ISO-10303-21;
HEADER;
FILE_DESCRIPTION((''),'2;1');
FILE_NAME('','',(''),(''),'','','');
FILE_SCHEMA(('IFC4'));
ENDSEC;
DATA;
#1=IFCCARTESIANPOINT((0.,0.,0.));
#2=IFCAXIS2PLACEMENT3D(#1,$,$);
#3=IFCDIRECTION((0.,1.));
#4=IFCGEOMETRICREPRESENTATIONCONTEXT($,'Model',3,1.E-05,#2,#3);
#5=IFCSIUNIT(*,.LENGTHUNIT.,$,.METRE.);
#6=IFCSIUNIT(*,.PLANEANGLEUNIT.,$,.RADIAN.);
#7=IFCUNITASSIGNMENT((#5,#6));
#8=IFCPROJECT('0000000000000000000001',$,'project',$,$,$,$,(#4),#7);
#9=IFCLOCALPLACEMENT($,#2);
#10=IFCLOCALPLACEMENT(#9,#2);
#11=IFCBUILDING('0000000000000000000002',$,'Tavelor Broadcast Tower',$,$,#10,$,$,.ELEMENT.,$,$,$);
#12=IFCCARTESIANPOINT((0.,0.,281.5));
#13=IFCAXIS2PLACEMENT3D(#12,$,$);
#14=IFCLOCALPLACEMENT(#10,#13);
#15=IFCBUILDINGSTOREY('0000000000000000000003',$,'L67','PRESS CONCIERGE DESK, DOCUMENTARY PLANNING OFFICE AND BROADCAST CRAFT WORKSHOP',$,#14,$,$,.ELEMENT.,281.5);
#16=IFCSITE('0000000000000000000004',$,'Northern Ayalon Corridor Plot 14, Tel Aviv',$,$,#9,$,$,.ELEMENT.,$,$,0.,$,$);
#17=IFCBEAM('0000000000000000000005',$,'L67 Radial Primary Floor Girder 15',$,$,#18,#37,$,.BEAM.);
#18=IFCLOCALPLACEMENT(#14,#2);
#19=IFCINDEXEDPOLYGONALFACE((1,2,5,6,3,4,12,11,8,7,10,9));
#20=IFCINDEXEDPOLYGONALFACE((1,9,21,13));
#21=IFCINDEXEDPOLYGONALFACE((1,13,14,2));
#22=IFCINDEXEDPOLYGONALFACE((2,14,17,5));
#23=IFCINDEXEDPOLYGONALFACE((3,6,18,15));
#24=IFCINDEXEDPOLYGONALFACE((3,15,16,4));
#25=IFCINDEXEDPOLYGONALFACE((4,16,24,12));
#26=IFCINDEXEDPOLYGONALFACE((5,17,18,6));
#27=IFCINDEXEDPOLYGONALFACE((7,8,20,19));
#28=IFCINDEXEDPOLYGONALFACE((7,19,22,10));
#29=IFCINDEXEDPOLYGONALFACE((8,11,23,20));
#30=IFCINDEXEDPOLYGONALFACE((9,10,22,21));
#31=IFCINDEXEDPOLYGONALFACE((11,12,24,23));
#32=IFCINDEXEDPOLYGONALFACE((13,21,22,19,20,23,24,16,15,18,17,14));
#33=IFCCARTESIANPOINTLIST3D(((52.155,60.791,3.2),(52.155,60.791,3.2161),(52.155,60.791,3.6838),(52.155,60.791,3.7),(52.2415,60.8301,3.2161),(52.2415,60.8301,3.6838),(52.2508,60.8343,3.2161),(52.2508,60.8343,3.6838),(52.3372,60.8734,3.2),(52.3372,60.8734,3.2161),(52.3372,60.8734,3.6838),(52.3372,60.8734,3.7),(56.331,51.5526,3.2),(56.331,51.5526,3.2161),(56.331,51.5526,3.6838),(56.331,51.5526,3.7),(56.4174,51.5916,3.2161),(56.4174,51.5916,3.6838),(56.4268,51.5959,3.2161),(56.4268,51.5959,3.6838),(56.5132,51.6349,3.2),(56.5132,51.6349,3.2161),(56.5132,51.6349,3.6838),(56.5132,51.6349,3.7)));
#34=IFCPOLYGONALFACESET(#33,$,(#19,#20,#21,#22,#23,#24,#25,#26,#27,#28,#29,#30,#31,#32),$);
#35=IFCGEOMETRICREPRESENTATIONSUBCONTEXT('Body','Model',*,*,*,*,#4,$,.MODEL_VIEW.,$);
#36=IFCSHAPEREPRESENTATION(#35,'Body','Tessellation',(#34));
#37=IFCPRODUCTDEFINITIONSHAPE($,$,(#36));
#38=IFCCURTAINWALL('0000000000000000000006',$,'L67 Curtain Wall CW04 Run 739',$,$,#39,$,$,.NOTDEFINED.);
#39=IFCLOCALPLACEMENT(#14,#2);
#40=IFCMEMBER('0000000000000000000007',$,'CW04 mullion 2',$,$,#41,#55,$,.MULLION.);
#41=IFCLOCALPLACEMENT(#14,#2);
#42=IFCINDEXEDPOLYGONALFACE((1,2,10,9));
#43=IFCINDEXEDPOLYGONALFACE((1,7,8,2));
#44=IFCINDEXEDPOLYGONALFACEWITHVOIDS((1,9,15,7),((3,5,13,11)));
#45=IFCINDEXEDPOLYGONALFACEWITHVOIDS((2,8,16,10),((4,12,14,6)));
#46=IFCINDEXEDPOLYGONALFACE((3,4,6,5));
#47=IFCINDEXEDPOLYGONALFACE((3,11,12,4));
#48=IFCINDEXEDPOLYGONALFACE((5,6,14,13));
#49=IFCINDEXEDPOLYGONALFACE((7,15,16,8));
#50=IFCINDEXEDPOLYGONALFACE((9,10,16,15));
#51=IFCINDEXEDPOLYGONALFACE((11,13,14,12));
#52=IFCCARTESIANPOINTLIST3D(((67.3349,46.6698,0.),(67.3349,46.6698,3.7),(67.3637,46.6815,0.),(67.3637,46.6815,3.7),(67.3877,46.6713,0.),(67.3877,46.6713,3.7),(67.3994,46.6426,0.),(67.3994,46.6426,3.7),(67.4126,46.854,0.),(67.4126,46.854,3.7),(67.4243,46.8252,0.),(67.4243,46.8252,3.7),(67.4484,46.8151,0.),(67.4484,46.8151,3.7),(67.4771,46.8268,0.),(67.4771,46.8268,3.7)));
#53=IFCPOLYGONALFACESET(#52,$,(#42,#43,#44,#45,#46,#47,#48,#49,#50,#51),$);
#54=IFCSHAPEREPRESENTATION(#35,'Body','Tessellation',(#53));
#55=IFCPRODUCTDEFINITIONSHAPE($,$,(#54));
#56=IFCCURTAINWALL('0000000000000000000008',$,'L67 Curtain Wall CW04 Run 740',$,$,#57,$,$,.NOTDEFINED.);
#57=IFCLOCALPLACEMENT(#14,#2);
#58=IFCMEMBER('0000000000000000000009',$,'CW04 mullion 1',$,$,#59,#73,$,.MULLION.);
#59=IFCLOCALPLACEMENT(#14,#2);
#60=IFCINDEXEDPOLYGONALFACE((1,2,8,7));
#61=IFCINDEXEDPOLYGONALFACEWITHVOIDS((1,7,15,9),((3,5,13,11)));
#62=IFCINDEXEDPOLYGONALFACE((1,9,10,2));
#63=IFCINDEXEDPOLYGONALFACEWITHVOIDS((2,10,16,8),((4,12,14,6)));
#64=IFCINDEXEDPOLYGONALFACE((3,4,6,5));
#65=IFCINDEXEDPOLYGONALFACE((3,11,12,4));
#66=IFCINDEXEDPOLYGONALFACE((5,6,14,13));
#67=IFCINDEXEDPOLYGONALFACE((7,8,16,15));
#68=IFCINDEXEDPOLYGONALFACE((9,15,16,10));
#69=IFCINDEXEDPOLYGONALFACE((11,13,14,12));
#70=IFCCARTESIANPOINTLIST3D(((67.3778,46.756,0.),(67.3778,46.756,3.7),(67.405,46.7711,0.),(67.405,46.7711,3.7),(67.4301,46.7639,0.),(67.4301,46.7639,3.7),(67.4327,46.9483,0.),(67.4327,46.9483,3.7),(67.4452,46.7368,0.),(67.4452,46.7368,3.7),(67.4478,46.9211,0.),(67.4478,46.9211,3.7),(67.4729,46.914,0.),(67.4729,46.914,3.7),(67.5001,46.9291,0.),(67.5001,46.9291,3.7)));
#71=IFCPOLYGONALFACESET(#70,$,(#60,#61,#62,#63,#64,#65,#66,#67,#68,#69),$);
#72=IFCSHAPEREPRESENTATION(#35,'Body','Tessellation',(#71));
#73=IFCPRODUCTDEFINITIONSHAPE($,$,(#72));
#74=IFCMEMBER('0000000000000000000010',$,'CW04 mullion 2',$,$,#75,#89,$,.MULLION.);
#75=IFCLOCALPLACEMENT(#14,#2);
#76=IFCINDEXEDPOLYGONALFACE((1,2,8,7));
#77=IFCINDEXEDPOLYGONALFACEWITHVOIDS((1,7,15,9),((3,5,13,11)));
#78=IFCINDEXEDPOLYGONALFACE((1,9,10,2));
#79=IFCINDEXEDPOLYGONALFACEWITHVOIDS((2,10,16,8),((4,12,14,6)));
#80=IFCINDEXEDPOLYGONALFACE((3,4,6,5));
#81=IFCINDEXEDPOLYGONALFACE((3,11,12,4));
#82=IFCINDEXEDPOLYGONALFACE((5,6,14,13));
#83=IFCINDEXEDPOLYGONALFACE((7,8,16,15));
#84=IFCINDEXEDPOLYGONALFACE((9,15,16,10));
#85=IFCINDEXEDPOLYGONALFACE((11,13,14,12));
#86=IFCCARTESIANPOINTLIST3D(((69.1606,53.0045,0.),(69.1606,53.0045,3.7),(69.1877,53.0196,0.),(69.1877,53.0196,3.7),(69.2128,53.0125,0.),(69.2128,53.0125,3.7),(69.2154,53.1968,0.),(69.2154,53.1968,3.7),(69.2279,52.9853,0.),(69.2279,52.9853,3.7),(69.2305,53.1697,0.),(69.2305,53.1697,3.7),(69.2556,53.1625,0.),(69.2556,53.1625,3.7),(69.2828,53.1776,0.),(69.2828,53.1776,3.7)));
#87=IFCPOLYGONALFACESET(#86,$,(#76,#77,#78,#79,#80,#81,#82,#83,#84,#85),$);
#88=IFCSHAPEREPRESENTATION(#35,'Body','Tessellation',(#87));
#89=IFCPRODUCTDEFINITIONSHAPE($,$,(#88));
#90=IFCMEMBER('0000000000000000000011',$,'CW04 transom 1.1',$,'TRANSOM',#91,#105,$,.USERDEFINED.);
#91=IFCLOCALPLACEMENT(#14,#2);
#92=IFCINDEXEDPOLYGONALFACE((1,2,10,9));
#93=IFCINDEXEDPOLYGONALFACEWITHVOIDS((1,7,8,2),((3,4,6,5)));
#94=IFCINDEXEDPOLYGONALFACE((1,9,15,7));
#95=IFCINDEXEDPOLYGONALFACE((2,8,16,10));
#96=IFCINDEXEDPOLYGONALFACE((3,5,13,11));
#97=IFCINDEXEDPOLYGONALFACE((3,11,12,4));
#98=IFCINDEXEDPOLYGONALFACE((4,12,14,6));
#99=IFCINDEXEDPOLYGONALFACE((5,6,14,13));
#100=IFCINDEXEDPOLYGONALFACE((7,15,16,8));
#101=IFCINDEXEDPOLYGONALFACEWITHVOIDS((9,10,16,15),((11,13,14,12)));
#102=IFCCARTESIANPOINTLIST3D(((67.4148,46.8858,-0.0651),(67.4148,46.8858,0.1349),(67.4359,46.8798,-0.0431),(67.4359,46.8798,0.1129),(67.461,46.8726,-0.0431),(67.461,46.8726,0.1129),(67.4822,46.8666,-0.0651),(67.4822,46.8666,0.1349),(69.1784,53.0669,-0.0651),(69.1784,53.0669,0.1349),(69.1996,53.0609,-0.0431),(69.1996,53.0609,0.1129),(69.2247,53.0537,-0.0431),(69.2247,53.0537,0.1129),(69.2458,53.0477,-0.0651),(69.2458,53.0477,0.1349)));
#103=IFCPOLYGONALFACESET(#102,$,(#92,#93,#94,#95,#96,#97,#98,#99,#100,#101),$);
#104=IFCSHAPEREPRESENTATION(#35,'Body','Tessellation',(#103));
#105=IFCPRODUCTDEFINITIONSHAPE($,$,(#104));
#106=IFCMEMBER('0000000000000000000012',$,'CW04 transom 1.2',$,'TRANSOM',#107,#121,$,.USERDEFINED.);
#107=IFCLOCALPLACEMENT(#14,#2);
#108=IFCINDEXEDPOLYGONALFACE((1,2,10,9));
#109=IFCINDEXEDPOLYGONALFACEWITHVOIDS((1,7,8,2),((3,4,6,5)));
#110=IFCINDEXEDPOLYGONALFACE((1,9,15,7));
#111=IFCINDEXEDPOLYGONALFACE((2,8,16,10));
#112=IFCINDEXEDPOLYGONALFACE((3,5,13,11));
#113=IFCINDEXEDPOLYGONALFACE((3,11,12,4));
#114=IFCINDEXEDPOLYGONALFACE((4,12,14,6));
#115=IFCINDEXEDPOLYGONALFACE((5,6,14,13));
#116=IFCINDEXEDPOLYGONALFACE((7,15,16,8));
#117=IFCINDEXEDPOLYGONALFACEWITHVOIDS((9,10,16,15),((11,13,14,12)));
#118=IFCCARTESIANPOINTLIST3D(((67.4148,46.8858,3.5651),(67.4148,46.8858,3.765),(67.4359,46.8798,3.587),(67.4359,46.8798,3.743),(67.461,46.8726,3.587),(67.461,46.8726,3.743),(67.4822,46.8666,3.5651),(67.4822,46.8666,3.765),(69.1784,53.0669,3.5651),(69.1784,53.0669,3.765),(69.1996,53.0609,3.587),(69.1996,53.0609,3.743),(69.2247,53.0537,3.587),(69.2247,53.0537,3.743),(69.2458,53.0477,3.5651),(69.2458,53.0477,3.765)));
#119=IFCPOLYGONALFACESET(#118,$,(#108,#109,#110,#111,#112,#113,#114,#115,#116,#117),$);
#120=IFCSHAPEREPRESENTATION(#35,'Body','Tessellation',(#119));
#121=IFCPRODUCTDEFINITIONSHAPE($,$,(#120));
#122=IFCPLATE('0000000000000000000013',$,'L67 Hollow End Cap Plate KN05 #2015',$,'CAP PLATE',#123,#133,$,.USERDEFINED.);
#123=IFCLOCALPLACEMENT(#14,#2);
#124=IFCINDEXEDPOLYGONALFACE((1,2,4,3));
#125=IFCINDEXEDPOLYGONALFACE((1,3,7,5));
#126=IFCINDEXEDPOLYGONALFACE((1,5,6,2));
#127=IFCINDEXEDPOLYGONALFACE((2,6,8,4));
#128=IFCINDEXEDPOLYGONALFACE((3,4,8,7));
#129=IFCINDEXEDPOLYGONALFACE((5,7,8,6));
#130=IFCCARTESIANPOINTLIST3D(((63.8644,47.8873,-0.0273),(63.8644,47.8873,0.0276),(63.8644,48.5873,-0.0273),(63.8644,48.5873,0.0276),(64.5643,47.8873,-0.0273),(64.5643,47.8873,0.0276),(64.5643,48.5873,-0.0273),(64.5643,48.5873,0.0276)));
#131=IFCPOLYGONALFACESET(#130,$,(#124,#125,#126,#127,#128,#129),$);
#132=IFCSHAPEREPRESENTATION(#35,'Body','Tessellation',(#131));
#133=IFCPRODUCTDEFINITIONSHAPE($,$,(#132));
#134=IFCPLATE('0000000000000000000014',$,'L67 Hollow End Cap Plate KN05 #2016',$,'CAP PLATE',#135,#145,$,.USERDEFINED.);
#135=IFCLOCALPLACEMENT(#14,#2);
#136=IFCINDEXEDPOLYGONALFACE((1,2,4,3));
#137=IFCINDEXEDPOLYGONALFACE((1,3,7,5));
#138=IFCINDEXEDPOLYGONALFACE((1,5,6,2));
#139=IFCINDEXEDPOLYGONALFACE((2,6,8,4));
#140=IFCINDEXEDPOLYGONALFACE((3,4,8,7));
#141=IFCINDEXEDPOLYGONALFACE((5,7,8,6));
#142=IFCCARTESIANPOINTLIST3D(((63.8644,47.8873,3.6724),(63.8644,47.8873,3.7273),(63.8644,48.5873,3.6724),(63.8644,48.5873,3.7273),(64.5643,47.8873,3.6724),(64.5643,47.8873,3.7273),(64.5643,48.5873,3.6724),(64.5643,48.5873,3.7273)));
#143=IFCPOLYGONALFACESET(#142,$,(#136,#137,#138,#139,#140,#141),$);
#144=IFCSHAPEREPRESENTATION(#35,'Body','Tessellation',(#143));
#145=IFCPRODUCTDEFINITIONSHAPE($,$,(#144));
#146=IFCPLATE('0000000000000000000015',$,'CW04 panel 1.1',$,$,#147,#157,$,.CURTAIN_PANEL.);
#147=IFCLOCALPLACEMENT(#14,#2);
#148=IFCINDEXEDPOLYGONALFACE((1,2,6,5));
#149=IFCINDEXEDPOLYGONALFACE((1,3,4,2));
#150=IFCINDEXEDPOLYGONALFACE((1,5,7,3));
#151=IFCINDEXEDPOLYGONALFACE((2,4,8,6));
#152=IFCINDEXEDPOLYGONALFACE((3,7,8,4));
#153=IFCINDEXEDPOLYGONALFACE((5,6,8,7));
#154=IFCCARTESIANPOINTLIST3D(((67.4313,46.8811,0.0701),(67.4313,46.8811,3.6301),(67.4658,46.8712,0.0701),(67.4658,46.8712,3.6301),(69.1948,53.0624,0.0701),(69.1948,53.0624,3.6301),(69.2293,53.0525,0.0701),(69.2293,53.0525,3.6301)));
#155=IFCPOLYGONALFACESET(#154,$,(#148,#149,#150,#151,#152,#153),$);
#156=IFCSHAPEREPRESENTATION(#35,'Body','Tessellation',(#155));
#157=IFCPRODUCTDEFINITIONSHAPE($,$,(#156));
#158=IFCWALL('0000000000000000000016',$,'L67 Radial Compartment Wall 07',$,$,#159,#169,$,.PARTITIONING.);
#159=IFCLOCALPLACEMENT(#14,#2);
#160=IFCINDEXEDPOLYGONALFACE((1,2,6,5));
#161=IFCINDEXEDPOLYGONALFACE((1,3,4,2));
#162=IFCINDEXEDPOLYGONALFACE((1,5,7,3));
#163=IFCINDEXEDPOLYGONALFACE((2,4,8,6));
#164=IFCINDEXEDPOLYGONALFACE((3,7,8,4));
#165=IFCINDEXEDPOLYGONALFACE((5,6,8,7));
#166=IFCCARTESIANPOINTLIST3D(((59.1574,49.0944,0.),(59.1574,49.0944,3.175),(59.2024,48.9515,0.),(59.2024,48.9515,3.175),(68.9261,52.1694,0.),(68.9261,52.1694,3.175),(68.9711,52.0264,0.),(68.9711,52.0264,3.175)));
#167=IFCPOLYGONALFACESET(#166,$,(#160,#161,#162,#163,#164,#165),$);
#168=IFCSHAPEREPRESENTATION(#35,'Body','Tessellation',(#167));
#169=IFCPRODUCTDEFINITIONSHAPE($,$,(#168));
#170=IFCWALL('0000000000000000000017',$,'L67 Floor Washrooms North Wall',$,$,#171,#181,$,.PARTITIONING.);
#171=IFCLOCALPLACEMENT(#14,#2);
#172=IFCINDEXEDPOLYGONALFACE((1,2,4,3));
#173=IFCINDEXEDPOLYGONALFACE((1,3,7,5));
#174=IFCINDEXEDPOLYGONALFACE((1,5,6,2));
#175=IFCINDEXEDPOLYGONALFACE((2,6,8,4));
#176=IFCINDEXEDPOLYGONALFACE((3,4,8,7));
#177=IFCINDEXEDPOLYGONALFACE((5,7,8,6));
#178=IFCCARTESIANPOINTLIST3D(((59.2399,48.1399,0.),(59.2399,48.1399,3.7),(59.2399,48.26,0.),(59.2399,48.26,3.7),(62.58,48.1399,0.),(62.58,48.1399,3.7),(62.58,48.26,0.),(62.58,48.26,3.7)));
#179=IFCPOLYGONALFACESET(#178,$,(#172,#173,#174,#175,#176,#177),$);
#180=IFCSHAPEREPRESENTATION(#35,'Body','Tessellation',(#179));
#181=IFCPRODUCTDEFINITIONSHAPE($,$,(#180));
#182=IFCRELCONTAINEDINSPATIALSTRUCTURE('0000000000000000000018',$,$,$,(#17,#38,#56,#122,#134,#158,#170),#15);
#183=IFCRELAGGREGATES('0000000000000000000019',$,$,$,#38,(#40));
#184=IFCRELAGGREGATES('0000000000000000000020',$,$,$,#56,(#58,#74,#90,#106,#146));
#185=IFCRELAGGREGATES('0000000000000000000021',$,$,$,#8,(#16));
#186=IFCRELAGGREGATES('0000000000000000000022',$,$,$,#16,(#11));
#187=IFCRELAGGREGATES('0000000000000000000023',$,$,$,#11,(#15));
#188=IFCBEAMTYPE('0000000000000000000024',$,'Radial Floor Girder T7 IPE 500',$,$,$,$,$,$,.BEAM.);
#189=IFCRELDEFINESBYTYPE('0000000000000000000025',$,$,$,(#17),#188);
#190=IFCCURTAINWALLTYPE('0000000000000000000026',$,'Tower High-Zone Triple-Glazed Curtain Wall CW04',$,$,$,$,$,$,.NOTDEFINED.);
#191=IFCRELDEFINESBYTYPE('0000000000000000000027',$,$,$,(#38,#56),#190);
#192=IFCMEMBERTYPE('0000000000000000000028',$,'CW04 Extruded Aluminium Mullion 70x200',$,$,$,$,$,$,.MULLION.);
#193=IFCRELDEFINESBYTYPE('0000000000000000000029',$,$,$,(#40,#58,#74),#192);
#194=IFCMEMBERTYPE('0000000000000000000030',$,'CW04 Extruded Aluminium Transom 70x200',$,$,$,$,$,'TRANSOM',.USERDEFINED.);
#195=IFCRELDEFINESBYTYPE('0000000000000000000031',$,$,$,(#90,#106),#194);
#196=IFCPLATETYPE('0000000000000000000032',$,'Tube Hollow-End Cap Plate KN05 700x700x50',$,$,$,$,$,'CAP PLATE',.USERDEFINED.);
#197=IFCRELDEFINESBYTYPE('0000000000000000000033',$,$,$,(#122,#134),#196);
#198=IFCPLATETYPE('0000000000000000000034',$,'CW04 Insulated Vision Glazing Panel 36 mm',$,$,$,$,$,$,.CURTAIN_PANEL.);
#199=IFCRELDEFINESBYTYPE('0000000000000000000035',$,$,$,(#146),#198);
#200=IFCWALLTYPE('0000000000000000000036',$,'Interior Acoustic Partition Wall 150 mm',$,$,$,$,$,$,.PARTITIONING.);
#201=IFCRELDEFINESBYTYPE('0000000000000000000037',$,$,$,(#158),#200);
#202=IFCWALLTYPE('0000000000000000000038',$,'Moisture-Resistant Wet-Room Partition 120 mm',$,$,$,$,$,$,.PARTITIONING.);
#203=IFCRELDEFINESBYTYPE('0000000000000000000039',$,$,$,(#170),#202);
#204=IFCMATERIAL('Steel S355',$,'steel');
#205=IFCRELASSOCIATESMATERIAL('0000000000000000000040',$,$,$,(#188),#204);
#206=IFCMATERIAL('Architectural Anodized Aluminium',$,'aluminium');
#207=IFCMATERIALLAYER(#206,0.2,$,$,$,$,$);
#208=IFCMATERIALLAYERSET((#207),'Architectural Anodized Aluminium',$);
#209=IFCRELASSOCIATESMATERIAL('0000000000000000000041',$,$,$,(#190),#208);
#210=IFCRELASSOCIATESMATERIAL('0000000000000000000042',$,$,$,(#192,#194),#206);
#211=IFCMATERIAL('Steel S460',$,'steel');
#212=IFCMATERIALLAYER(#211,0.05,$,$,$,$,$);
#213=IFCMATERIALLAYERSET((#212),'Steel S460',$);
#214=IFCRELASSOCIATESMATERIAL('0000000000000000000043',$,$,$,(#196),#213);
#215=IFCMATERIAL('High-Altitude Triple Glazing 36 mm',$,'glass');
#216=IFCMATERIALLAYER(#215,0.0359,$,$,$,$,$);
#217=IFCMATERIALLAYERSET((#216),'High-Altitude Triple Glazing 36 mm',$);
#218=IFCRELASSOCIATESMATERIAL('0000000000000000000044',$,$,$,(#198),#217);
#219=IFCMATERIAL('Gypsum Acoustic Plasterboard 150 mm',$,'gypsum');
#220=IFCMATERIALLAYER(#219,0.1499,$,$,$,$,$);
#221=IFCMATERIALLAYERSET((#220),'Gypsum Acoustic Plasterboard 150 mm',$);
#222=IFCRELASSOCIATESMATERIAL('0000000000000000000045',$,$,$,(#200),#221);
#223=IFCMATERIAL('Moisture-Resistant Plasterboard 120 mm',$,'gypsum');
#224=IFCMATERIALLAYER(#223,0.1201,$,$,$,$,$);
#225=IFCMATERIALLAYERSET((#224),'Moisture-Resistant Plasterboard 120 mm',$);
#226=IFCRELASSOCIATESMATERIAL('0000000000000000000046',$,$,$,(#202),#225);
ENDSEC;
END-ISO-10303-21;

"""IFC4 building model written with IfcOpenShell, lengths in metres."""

from ifc_helpers import new_model, si_unit, direction, frame, frame_2d, origin, origin_2d, place, context, subcontext, project, spatial, rectangle, hollow_rectangle, i_section, extrude, source, transform, mapped, material, layer, layer_set, material_profile, profile_set, type_object, type_shapes, element, aggregate, save


model = new_model("IFC4")

# Units and contexts
model_context = context("Model", 3, precision=1e-05, world=origin(), true_north=direction((0.0, 1.0)))
body_context = subcontext(model_context, "Body", "Model", "MODEL_VIEW")
ifc_project = project(units=[si_unit("LENGTHUNIT", "METRE"), si_unit("PLANEANGLEUNIT", "RADIAN")], contexts=[model_context])

# Site, building, storey
site_placement = place(None, origin())
site = spatial("IfcSite", under=ifc_project, at=site_placement, Name="Northern Ayalon Corridor Plot 14, Tel Aviv", CompositionType="ELEMENT", RefElevation=0.0)
building_placement = place(site_placement, origin())
building = spatial("IfcBuilding", under=site, at=building_placement, Name="Tavelor Broadcast Tower", CompositionType="ELEMENT")
storey_placement = place(building_placement, frame((0.0, 0.0, 281.5)))
storey = spatial("IfcBuildingStorey", under=building, at=storey_placement, Name="L67", Description="PRESS CONCIERGE DESK, DOCUMENTARY PLANNING OFFICE AND BROADCAST CRAFT WORKSHOP", CompositionType="ELEMENT", Elevation=281.5)

# Shared definitions
ifc_material_1 = material(Name="Steel S460", Category="steel")

# Beam
ifc_material_2 = material(Name="Steel S355", Category="steel")
ifc_material_profile_1 = material_profile(ifc_material_2, i_section(OverallWidth=0.2, OverallDepth=0.5, WebThickness=0.0103, FlangeThickness=0.0161, at=origin_2d()), Name="IPE 500")
ifc_profile_set_1 = profile_set([ifc_material_profile_1], Name="Steel S355")
beam_type_1 = type_object("IfcBeamType", Name="Radial Floor Girder T7 IPE 500", PredefinedType="BEAM", material=ifc_profile_set_1)
beam_1_placement = place(storey_placement, frame((56.4221, 51.5938, 3.45), z_axis=(-0.411897, 0.91123, 0.0), x_axis=(-0.91123, -0.411897, 0.0)))
element("IfcBeam", 1, at=beam_1_placement, inside=storey, type_object=beam_type_1, Name="L67 Radial Primary Floor Girder 15", PredefinedType="BEAM", context=body_context, shape_type="SweptSolid", body=[
    extrude(i_section(OverallWidth=0.2, OverallDepth=0.5, WebThickness=0.0103, FlangeThickness=0.0161, at=origin_2d()), origin(), (0.0, 0.0, 1.0), 10.1384),
])

# Curtain wall, member
ifc_material_3 = material(Name="Architectural Anodized Aluminium", Category="aluminium")
ifc_layer_1 = layer(ifc_material_3, 0.2)
ifc_layer_set_1 = layer_set([ifc_layer_1], Name="Architectural Anodized Aluminium")
curtain_wall_type = type_object("IfcCurtainWallType", Name="Tower High-Zone Triple-Glazed Curtain Wall CW04", PredefinedType="NOTDEFINED", material=ifc_layer_set_1)
curtain_wall_1_placement = place(storey_placement, origin())
curtain_wall_1 = element("IfcCurtainWall", 2, at=curtain_wall_1_placement, inside=storey, type_object=curtain_wall_type, Name="L67 Curtain Wall CW04 Run 739", PredefinedType="NOTDEFINED")
ifc_material_profile_2 = material_profile(ifc_material_3, hollow_rectangle(XDim=0.0701, YDim=0.2, WallThickness=0.022, at=origin_2d()), Name="RHS 70x200x22")
ifc_profile_set_2 = profile_set([ifc_material_profile_2], Name="Architectural Anodized Aluminium")
member_type_1 = type_object("IfcMemberType", Name="CW04 Extruded Aluminium Mullion 70x200", PredefinedType="MULLION", material=ifc_profile_set_2)
shared_shape_1 = source(origin(), body_context, "Body", "SweptSolid", [
    extrude(hollow_rectangle(XDim=0.0701, YDim=0.2, WallThickness=0.022, at=origin_2d()), origin(), (0.0, 0.0, 1.0), 3.7),
])
type_shapes(member_type_1, [shared_shape_1])
member_1_placement = place(storey_placement, frame((67.406, 46.7483, 0.0), z_axis=(0.0, 0.0, 1.0), x_axis=(-0.921355, 0.388722, 0.0)))
member_1 = element("IfcMember", 3, at=member_1_placement, type_object=member_type_1, Name="CW04 mullion 2", PredefinedType="MULLION", context=body_context, shape_type="MappedRepresentation", body=[
    mapped(shared_shape_1, transform((0.0, 0.0, 0.0), scale=1.0)),
])
aggregate(curtain_wall_1, [member_1])

# Curtain wall, members
curtain_wall_2_placement = place(storey_placement, origin())
curtain_wall_2 = element("IfcCurtainWall", 4, at=curtain_wall_2_placement, inside=storey, type_object=curtain_wall_type, Name="L67 Curtain Wall CW04 Run 740", PredefinedType="NOTDEFINED")
member_2_placement = place(storey_placement, frame((67.439, 46.8425, 0.0), z_axis=(0.0, 0.0, 1.0), x_axis=(-0.96163, 0.274349, 0.0)))
member_2 = element("IfcMember", 5, at=member_2_placement, type_object=member_type_1, Name="CW04 mullion 1", PredefinedType="MULLION", context=body_context, shape_type="MappedRepresentation", body=[
    mapped(shared_shape_1, transform((0.0, 0.0, 0.0), scale=1.0)),
])
member_3_placement = place(storey_placement, frame((69.2217, 53.0911, 0.0), z_axis=(0.0, 0.0, 1.0), x_axis=(-0.96163, 0.274349, 0.0)))
member_3 = element("IfcMember", 6, at=member_3_placement, type_object=member_type_1, Name="CW04 mullion 2", PredefinedType="MULLION", context=body_context, shape_type="MappedRepresentation", body=[
    mapped(shared_shape_1, transform((0.0, 0.0, 0.0), scale=1.0)),
])
ifc_material_profile_3 = material_profile(ifc_material_3, hollow_rectangle(XDim=0.0701, YDim=0.2, WallThickness=0.022, at=origin_2d()), Name="RHS 70x200x22")
ifc_profile_set_3 = profile_set([ifc_material_profile_3], Name="Architectural Anodized Aluminium")
member_type_2 = type_object("IfcMemberType", Name="CW04 Extruded Aluminium Transom 70x200", ElementType="TRANSOM", PredefinedType="USERDEFINED", material=ifc_profile_set_3)
shared_shape_2 = source(origin(), body_context, "Body", "SweptSolid", [
    extrude(hollow_rectangle(XDim=0.0701, YDim=0.2, WallThickness=0.022, at=origin_2d()), origin(), (0.0, 0.0, 1.0), 6.4277),
])
type_shapes(member_type_2, [shared_shape_2])
member_4_placement = place(storey_placement, frame((67.4485, 46.8762, 0.0349), z_axis=(0.27438, 0.961621, 0.0), x_axis=(-0.961621, 0.27438, 0.0)))
member_4 = element("IfcMember", 7, at=member_4_placement, type_object=member_type_2, Name="CW04 transom 1.1", ObjectType="TRANSOM", PredefinedType="USERDEFINED", context=body_context, shape_type="MappedRepresentation", body=[
    mapped(shared_shape_2, transform((0.0, 0.0, 0.0), scale=1.0)),
])
member_5_placement = place(storey_placement, frame((67.4485, 46.8762, 3.665), z_axis=(0.27438, 0.961621, 0.0), x_axis=(-0.961621, 0.27438, 0.0)))
member_5 = element("IfcMember", 8, at=member_5_placement, type_object=member_type_2, Name="CW04 transom 1.2", ObjectType="TRANSOM", PredefinedType="USERDEFINED", context=body_context, shape_type="MappedRepresentation", body=[
    mapped(shared_shape_2, transform((0.0, 0.0, 0.0), scale=1.0)),
])

# Plates
ifc_layer_2 = layer(ifc_material_1, 0.05)
ifc_layer_set_2 = layer_set([ifc_layer_2], Name="Steel S460")
plate_type_1 = type_object("IfcPlateType", Name="Tube Hollow-End Cap Plate KN05 700x700x50", ElementType="CAP PLATE", PredefinedType="USERDEFINED", material=ifc_layer_set_2)
shared_shape_3 = source(origin(), body_context, "Body", "SweptSolid", [
    extrude(rectangle(XDim=0.7, YDim=0.7, at=origin_2d()), origin(), (0.0, 0.0, 1.0), 0.0549),
])
type_shapes(plate_type_1, [shared_shape_3])
for number, where, z_axis, x_axis, name in (
    (9, (64.2144, 48.2373, -0.0273), (0.0, 0.0, 1.0), (1.0, 0.0, 0.0), "L67 Hollow End Cap Plate KN05 #2015"),
    (10, (64.2144, 48.2373, 3.6724), (0.0, 0.0, 1.0), (1.0, 0.0, 0.0), "L67 Hollow End Cap Plate KN05 #2016"),
):
    element("IfcPlate", number, at=place(storey_placement, frame(where, z_axis=z_axis, x_axis=x_axis)), inside=storey, type_object=plate_type_1, Name=name, ObjectType="CAP PLATE", PredefinedType="USERDEFINED", context=body_context, shape_type="MappedRepresentation", body=[
        mapped(shared_shape_3, transform((0.0, 0.0, 0.0), scale=1.0)),
    ])

# Plate
ifc_material_4 = material(Name="High-Altitude Triple Glazing 36 mm", Category="glass")
ifc_layer_3 = layer(ifc_material_4, 0.0359)
ifc_layer_set_3 = layer_set([ifc_layer_3], Name="High-Altitude Triple Glazing 36 mm")
plate_type_2 = type_object("IfcPlateType", Name="CW04 Insulated Vision Glazing Panel 36 mm", PredefinedType="CURTAIN_PANEL", material=ifc_layer_set_3)
shared_shape_4 = source(origin(), body_context, "Body", "SweptSolid", [
    extrude(rectangle(XDim=6.428, YDim=0.0359, at=origin_2d()), origin(), (0.0, 0.0, 1.0), 3.5601),
])
type_shapes(plate_type_2, [shared_shape_4])
plate_placement = place(storey_placement, frame((68.3303, 49.9668, 0.0701), z_axis=(0.0, 0.0, 1.0), x_axis=(0.274349, 0.96163, 0.0)))
plate = element("IfcPlate", 11, at=plate_placement, type_object=plate_type_2, Name="CW04 panel 1.1", PredefinedType="CURTAIN_PANEL", context=body_context, shape_type="MappedRepresentation", body=[
    mapped(shared_shape_4, transform((0.0, 0.0, 0.0), scale=1.0)),
])
aggregate(curtain_wall_2, [member_2, member_3, member_4, member_5, plate])

# Walls
ifc_material_5 = material(Name="Gypsum Acoustic Plasterboard 150 mm", Category="gypsum")
ifc_layer_4 = layer(ifc_material_5, 0.1499)
ifc_layer_set_4 = layer_set([ifc_layer_4], Name="Gypsum Acoustic Plasterboard 150 mm")
wall_type_1 = type_object("IfcWallType", Name="Interior Acoustic Partition Wall 150 mm", PredefinedType="PARTITIONING", material=ifc_layer_set_4)
wall_1_placement = place(storey_placement, frame((59.1799, 49.0229, 0.0), z_axis=(0.0, 0.0, 1.0), x_axis=(0.953861, 0.300249, 0.0)))
element("IfcWall", 12, at=wall_1_placement, inside=storey, type_object=wall_type_1, Name="L67 Radial Compartment Wall 07", PredefinedType="PARTITIONING", context=body_context, shape_type="SweptSolid", body=[
    extrude(rectangle(XDim=10.2412, YDim=0.1499, at=frame_2d((5.1206, 0.0))), origin(), (0.0, 0.0, 1.0), 3.175),
])
ifc_material_6 = material(Name="Moisture-Resistant Plasterboard 120 mm", Category="gypsum")
ifc_layer_5 = layer(ifc_material_6, 0.1201)
ifc_layer_set_5 = layer_set([ifc_layer_5], Name="Moisture-Resistant Plasterboard 120 mm")
wall_type_2 = type_object("IfcWallType", Name="Moisture-Resistant Wet-Room Partition 120 mm", PredefinedType="PARTITIONING", material=ifc_layer_set_5)
wall_2_placement = place(storey_placement, frame((59.24, 48.2, 0.0), z_axis=(0.0, 0.0, 1.0), x_axis=(1.0, 0.0, 0.0)))
element("IfcWall", 13, at=wall_2_placement, inside=storey, type_object=wall_type_2, Name="L67 Floor Washrooms North Wall", PredefinedType="PARTITIONING", context=body_context, shape_type="SweptSolid", body=[
    extrude(rectangle(XDim=3.3401, YDim=0.1201, at=frame_2d((1.6699, 0.0))), origin(), (0.0, 0.0, 1.0), 3.7),
])

save(model, "model.ifc")
